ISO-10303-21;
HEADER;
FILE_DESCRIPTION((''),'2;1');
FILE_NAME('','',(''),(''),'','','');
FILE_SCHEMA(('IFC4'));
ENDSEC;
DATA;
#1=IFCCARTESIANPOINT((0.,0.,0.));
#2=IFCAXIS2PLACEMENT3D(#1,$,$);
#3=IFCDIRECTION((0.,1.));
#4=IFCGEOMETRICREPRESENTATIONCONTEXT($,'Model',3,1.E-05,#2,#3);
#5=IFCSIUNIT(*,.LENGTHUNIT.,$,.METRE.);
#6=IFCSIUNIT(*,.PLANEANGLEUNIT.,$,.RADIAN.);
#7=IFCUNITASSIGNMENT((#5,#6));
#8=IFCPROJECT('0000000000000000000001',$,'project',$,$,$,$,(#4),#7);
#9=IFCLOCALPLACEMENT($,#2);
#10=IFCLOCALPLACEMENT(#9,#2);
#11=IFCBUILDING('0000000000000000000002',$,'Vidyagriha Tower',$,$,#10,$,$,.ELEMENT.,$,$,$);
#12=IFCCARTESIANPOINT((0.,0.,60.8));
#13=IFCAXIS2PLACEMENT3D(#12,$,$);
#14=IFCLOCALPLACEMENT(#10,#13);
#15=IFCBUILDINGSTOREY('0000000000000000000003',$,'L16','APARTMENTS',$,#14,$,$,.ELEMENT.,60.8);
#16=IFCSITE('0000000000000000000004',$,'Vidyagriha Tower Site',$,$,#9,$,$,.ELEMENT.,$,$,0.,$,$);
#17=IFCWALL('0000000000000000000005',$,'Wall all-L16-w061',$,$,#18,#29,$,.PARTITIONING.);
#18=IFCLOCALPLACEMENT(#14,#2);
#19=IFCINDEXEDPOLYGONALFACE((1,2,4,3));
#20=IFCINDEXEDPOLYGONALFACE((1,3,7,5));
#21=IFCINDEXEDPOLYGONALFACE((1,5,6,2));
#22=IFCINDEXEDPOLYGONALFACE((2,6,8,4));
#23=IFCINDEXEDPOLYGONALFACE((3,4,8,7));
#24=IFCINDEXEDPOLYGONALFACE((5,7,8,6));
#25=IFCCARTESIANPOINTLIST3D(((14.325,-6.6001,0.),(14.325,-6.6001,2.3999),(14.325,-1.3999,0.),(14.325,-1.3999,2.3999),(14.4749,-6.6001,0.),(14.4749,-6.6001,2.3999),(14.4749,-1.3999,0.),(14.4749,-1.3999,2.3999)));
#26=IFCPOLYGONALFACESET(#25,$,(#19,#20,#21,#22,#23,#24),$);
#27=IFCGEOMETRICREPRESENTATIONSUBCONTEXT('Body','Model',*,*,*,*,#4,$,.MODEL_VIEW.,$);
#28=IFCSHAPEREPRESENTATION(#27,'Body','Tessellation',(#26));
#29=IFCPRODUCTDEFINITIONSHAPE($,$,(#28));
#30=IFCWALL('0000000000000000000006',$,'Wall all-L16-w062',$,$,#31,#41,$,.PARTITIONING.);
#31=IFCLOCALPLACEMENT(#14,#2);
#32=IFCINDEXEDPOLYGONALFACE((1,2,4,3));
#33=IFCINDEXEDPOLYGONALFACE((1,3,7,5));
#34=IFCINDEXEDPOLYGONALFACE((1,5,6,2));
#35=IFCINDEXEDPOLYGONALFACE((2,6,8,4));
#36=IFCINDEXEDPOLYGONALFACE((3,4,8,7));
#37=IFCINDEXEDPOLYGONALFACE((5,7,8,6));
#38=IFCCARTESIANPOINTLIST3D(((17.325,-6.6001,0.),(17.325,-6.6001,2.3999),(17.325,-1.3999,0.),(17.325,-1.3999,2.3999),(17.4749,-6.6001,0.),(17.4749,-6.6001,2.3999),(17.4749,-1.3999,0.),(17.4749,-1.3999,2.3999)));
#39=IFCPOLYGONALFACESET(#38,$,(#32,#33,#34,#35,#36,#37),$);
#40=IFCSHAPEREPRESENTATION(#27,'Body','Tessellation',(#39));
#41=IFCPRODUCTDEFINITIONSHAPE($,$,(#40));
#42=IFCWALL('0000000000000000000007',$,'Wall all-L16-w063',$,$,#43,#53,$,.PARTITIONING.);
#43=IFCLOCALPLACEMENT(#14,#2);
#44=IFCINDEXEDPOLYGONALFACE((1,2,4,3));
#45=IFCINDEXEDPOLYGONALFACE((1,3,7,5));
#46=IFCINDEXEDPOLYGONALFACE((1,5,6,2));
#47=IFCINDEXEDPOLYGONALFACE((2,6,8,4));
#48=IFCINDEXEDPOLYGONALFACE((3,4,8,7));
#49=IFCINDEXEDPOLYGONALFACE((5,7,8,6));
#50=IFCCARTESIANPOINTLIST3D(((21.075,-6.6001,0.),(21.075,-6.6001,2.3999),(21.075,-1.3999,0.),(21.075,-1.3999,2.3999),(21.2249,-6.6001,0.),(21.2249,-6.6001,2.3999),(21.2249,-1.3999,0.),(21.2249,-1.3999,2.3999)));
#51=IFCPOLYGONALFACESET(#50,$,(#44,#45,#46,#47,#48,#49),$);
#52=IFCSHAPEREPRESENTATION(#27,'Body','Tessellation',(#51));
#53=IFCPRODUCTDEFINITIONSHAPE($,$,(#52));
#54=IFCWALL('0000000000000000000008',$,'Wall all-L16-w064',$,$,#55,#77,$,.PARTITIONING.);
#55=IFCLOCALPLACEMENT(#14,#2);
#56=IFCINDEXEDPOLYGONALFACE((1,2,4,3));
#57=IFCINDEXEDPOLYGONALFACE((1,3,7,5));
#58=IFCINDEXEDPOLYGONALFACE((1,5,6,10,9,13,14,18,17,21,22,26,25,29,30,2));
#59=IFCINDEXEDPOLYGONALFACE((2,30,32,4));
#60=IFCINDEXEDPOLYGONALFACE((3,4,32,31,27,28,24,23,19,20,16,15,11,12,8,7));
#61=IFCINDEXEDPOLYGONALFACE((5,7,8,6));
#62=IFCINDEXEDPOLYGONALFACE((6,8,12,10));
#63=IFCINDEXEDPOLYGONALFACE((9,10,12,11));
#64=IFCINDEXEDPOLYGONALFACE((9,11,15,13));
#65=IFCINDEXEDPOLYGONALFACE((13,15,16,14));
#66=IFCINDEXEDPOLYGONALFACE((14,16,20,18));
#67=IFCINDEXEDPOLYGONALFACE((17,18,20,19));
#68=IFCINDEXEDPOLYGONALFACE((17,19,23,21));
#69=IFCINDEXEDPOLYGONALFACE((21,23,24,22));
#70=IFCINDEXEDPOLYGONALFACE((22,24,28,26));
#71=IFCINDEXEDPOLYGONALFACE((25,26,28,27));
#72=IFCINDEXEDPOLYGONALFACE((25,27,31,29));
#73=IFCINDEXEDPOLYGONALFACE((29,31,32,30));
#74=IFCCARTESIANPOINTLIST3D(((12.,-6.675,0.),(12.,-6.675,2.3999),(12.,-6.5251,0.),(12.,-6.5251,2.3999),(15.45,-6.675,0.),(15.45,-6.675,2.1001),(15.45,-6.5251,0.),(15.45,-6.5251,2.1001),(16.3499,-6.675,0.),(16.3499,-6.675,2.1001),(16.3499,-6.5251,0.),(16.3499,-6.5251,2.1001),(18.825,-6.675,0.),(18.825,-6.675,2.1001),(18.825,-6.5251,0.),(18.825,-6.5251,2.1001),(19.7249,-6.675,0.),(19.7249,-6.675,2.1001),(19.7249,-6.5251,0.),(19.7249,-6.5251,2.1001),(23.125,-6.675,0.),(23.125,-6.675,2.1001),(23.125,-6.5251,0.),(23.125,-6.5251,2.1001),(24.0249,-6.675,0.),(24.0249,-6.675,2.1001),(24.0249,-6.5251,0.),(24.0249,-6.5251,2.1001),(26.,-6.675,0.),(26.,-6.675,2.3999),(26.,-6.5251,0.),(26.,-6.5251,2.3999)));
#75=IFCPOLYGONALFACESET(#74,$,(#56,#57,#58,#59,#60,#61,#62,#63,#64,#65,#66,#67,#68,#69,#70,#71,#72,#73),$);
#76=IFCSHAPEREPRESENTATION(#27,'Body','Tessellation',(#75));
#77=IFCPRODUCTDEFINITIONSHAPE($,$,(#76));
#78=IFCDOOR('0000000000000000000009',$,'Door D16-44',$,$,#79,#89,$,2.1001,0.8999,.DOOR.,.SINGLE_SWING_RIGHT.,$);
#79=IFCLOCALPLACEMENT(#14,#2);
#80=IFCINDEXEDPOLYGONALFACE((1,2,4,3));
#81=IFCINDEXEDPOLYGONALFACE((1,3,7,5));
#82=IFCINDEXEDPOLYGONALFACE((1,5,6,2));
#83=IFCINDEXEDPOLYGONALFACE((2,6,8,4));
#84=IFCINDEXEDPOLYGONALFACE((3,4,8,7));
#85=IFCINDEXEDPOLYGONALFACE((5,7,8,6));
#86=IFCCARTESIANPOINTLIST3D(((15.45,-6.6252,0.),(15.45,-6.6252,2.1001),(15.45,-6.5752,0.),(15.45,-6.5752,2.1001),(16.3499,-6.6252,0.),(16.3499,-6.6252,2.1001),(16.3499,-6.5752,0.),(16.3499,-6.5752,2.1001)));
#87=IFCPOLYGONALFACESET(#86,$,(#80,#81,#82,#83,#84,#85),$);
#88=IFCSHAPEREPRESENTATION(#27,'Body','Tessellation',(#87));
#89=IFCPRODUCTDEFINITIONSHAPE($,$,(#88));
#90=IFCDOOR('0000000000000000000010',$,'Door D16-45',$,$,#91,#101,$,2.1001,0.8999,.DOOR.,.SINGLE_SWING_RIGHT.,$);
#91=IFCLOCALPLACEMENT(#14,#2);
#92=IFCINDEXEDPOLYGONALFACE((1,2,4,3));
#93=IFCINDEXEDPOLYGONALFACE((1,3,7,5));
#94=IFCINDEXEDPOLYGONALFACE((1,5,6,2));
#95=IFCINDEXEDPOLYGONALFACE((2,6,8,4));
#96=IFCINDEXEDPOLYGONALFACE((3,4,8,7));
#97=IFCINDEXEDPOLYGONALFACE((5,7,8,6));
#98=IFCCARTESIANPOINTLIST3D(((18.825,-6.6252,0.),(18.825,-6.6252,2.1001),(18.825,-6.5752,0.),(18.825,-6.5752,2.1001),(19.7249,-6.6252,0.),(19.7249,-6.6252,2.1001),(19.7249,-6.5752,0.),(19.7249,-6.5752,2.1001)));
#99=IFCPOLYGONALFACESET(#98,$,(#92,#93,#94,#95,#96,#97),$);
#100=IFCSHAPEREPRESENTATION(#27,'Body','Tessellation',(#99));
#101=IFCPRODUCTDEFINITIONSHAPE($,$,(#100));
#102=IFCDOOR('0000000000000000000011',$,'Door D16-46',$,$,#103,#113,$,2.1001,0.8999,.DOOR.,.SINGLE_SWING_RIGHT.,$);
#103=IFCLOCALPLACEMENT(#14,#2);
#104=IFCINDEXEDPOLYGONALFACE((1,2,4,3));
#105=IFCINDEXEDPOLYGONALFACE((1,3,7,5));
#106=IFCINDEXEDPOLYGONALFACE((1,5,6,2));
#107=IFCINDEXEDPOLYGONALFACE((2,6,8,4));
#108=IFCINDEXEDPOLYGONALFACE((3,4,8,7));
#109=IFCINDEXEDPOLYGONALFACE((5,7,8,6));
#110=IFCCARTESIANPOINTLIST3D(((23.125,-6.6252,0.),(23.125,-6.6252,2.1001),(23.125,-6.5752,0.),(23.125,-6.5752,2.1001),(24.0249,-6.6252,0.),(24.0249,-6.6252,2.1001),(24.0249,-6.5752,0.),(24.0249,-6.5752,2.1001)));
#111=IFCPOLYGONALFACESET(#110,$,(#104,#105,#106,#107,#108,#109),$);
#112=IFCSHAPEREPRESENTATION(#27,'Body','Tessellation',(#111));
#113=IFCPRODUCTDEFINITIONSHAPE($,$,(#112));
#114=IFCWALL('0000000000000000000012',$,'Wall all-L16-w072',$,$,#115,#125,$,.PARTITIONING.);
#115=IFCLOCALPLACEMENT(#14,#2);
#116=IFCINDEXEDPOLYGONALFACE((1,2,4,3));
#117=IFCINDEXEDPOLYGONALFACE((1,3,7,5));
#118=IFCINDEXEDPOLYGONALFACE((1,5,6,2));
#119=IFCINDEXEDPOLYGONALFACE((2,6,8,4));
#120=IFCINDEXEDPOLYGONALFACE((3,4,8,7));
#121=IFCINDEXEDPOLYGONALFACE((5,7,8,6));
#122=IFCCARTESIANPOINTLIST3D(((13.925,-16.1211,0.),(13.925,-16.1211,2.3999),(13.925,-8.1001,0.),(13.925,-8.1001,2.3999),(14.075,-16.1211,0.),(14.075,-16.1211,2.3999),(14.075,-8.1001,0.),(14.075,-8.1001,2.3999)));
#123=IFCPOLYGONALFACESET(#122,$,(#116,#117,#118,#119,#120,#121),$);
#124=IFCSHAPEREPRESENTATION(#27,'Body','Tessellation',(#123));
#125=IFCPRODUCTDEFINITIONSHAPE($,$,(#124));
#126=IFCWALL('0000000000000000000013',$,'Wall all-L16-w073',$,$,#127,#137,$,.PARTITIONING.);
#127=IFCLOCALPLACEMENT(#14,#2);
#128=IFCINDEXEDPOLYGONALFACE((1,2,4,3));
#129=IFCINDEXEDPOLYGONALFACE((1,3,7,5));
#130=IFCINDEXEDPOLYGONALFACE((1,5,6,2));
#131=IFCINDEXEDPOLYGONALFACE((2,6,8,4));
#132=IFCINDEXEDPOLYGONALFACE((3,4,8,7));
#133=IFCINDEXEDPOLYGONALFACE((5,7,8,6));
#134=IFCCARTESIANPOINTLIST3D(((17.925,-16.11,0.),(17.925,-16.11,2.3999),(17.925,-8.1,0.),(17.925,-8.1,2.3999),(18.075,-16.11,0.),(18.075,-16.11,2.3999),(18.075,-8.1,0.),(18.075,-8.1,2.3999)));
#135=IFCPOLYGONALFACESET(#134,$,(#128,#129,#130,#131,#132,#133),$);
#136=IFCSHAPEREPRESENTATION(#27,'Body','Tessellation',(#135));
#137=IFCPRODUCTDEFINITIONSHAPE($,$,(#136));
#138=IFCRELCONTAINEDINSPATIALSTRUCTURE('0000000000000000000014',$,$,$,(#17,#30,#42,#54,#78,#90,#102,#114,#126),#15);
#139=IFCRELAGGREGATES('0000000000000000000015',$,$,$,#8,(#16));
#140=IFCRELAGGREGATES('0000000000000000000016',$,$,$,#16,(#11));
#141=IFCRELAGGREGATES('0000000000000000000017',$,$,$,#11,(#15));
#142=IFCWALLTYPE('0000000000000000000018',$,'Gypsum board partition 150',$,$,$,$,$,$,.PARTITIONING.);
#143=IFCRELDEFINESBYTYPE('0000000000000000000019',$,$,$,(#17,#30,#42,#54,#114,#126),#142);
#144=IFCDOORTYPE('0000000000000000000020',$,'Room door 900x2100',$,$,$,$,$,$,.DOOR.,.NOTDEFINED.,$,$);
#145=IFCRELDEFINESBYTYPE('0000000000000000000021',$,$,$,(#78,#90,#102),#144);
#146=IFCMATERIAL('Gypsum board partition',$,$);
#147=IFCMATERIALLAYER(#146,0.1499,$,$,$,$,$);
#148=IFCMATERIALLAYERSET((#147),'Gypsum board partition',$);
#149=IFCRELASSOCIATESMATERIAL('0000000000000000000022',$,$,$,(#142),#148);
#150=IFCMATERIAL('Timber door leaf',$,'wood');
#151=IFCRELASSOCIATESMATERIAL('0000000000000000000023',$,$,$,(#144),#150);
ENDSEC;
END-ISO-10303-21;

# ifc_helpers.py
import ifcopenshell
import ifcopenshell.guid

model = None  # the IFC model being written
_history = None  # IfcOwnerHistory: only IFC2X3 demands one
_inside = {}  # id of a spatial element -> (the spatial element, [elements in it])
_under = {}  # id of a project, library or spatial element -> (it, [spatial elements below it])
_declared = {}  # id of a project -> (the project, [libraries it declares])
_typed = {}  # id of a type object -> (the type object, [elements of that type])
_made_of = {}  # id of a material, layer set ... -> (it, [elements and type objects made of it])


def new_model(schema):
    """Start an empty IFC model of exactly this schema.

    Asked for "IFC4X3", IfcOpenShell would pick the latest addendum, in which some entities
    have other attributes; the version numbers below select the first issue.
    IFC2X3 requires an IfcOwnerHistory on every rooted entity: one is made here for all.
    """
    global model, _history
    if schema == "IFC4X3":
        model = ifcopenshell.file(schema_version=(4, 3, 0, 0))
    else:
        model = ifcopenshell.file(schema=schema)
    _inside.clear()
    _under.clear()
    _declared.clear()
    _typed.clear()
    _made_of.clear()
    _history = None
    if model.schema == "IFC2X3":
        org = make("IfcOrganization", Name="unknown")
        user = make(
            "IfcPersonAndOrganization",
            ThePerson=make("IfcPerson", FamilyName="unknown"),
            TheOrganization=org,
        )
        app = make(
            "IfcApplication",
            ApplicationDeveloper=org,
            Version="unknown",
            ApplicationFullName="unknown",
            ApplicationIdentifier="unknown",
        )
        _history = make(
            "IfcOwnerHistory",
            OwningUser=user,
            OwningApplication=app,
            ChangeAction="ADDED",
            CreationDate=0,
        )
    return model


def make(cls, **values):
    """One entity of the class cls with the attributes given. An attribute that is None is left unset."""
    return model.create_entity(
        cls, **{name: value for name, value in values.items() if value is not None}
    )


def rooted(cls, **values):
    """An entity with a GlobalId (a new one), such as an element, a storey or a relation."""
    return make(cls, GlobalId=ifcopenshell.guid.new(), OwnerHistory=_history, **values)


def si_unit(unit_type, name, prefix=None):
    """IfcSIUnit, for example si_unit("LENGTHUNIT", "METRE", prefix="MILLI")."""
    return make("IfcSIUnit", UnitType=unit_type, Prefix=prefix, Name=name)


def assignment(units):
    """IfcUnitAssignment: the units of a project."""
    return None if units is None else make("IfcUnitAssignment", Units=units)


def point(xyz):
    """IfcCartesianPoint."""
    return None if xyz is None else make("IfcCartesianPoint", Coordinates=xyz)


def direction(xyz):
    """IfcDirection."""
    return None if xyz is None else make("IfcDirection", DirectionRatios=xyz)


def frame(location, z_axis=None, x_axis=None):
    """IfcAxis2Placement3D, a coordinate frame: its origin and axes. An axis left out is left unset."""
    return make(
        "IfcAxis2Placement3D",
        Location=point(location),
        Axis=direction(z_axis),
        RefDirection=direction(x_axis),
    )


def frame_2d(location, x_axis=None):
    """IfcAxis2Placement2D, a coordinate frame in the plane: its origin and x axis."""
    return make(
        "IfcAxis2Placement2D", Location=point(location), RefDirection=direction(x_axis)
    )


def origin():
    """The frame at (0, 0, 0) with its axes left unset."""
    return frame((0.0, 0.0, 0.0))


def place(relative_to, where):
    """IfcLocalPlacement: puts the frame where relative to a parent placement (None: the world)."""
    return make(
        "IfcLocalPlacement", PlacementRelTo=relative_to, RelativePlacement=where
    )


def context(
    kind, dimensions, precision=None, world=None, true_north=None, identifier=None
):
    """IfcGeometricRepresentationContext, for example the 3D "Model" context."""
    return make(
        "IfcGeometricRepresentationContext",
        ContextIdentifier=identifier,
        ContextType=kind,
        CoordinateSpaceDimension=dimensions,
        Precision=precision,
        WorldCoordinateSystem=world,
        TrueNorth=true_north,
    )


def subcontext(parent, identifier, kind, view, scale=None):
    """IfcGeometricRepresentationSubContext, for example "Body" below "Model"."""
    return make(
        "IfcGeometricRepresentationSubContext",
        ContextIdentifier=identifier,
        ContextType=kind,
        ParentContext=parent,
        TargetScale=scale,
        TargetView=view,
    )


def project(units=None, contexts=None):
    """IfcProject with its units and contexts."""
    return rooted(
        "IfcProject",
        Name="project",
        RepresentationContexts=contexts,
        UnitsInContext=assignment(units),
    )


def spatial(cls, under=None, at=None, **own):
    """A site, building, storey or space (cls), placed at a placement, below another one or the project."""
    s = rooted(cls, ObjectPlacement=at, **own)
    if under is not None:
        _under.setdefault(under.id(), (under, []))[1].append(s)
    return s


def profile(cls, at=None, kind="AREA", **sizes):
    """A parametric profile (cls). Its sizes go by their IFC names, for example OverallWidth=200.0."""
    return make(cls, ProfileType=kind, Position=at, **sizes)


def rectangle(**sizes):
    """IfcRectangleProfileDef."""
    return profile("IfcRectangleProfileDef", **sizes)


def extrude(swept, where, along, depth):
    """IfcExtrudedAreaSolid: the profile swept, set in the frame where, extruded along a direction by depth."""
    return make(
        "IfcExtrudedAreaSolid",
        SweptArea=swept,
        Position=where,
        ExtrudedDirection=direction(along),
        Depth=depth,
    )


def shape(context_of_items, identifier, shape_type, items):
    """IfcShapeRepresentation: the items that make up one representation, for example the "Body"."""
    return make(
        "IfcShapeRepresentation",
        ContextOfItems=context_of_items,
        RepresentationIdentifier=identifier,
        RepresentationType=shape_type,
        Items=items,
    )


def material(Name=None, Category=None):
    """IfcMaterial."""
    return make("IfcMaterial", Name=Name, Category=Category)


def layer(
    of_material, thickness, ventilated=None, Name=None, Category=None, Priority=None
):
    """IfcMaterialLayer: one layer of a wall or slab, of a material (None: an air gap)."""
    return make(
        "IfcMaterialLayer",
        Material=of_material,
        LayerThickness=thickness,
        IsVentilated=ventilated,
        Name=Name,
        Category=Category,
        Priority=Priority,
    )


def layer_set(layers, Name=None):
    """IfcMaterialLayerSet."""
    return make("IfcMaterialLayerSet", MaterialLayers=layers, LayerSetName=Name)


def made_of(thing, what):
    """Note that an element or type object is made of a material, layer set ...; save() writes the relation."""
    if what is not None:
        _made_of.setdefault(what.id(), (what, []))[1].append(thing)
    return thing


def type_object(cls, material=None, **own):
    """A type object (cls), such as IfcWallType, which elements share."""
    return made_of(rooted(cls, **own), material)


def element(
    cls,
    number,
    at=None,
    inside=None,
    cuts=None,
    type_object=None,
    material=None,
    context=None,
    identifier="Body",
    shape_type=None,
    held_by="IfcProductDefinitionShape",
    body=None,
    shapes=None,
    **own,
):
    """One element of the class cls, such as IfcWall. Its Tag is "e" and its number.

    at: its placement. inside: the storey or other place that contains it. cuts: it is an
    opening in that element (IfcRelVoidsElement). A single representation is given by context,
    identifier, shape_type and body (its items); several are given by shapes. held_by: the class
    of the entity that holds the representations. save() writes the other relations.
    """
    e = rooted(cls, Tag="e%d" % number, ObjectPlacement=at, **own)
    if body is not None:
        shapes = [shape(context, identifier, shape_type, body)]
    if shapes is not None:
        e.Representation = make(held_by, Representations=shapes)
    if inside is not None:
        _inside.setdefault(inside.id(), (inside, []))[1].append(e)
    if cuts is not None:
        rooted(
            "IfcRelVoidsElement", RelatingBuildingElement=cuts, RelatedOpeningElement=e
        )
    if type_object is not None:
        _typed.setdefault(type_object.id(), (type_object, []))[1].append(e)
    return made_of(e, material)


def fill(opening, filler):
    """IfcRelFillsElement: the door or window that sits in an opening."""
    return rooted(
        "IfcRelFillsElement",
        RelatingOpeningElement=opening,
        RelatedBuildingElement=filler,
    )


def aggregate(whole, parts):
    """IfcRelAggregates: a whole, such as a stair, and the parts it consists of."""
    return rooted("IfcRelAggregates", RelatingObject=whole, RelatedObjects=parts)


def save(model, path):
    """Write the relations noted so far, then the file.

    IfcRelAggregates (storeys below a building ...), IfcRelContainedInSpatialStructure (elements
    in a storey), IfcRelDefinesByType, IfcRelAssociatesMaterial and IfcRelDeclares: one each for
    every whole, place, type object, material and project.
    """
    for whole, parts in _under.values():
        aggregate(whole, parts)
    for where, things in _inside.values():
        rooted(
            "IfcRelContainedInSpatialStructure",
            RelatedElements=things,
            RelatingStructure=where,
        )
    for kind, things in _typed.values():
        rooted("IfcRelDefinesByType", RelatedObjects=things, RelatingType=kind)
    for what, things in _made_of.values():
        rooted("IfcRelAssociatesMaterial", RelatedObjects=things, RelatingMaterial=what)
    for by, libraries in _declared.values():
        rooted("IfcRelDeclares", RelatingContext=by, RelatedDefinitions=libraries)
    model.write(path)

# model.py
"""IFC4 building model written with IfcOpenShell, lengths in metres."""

from ifc_helpers import new_model, si_unit, direction, frame, frame_2d, origin, place, context, subcontext, project, spatial, rectangle, extrude, material, layer, layer_set, type_object, element, fill, save


model = new_model("IFC4")

# Units and contexts
model_context = context("Model", 3, precision=1e-05, world=origin(), true_north=direction((0.0, 1.0)))
body_context = subcontext(model_context, "Body", "Model", "MODEL_VIEW")
ifc_project = project(units=[si_unit("LENGTHUNIT", "METRE"), si_unit("PLANEANGLEUNIT", "RADIAN")], contexts=[model_context])

# Site, building, storey
site_placement = place(None, origin())
site = spatial("IfcSite", under=ifc_project, at=site_placement, Name="Vidyagriha Tower Site", CompositionType="ELEMENT", RefElevation=0.0)
building_placement = place(site_placement, origin())
building = spatial("IfcBuilding", under=site, at=building_placement, Name="Vidyagriha Tower", CompositionType="ELEMENT")
storey_placement = place(building_placement, frame((0.0, 0.0, 60.8)))
storey = spatial("IfcBuildingStorey", under=building, at=storey_placement, Name="L16", Description="APARTMENTS", CompositionType="ELEMENT", Elevation=60.8)

# Walls
ifc_material_1 = material(Name="Gypsum board partition")
ifc_layer_1 = layer(ifc_material_1, 0.1499)
ifc_layer_set_1 = layer_set([ifc_layer_1], Name="Gypsum board partition")
wall_type_1 = type_object("IfcWallType", Name="Gypsum board partition 150", PredefinedType="PARTITIONING", material=ifc_layer_set_1)
for number, where, z_axis, x_axis, name in (
    (1, (14.3999, -1.3999, 0.0), (0.0, 0.0, 1.0), (0.0, -1.0, 0.0), "Wall all-L16-w061"),
    (2, (17.3999, -1.3999, 0.0), (0.0, 0.0, 1.0), (0.0, -1.0, 0.0), "Wall all-L16-w062"),
    (3, (21.1499, -1.3999, 0.0), (0.0, 0.0, 1.0), (0.0, -1.0, 0.0), "Wall all-L16-w063"),
):
    element("IfcWall", number, at=place(storey_placement, frame(where, z_axis=z_axis, x_axis=x_axis)), inside=storey, type_object=wall_type_1, Name=name, PredefinedType="PARTITIONING", context=body_context, shape_type="SweptSolid", body=[
        extrude(rectangle(XDim=5.2002, YDim=0.1499, at=frame_2d((2.6001, 0.0))), origin(), (0.0, 0.0, 1.0), 2.3999),
    ])

# Wall, openings, doors
wall_1_placement = place(storey_placement, frame((12.0, -6.6001, 0.0)))
wall_1 = element("IfcWall", 4, at=wall_1_placement, inside=storey, type_object=wall_type_1, Name="Wall all-L16-w064", PredefinedType="PARTITIONING", context=body_context, shape_type="SweptSolid", body=[
    extrude(rectangle(XDim=14.0, YDim=0.1499, at=frame_2d((7.0, 0.0))), origin(), (0.0, 0.0, 1.0), 2.3999),
])
opening_1_placement = place(wall_1_placement, frame((3.45, 0.0, 0.0)))
opening_1 = element("IfcOpeningElement", 5, at=opening_1_placement, cuts=wall_1, PredefinedType="OPENING", context=body_context, shape_type="SweptSolid", body=[
    extrude(rectangle(XDim=0.8999, YDim=2.1001, at=frame_2d((0.45, 1.05))), frame((0.0, 0.085, 0.0), z_axis=(0.0, -1.0, 0.0), x_axis=(1.0, 0.0, 0.0)), (0.0, 0.0, 1.0), 0.1699),
])
opening_2_placement = place(wall_1_placement, frame((6.825, 0.0, 0.0)))
opening_2 = element("IfcOpeningElement", 6, at=opening_2_placement, cuts=wall_1, PredefinedType="OPENING", context=body_context, shape_type="SweptSolid", body=[
    extrude(rectangle(XDim=0.8999, YDim=2.1001, at=frame_2d((0.45, 1.05))), frame((0.0, 0.085, 0.0), z_axis=(0.0, -1.0, 0.0), x_axis=(1.0, 0.0, 0.0)), (0.0, 0.0, 1.0), 0.1699),
])
opening_3_placement = place(wall_1_placement, frame((11.125, 0.0, 0.0)))
opening_3 = element("IfcOpeningElement", 7, at=opening_3_placement, cuts=wall_1, PredefinedType="OPENING", context=body_context, shape_type="SweptSolid", body=[
    extrude(rectangle(XDim=0.8999, YDim=2.1001, at=frame_2d((0.45, 1.05))), frame((0.0, 0.085, 0.0), z_axis=(0.0, -1.0, 0.0), x_axis=(1.0, 0.0, 0.0)), (0.0, 0.0, 1.0), 0.1699),
])
ifc_material_2 = material(Name="Timber door leaf", Category="wood")
door_type_1 = type_object("IfcDoorType", Name="Room door 900x2100", OperationType="NOTDEFINED", PredefinedType="DOOR", material=ifc_material_2)
door_1_placement = place(opening_1_placement, origin())
door_1 = element("IfcDoor", 8, at=door_1_placement, inside=storey, type_object=door_type_1, Name="Door D16-44", OperationType="SINGLE_SWING_RIGHT", OverallHeight=2.1001, OverallWidth=0.8999, PredefinedType="DOOR", context=body_context, shape_type="SweptSolid", body=[
    extrude(rectangle(XDim=0.8999, YDim=2.1001, at=frame_2d((0.45, 1.05))), frame((0.0, 0.0249, 0.0), z_axis=(0.0, -1.0, 0.0), x_axis=(1.0, 0.0, 0.0)), (0.0, 0.0, 1.0), 0.05),
])
fill(opening_1, door_1)
door_2_placement = place(opening_2_placement, origin())
door_2 = element("IfcDoor", 9, at=door_2_placement, inside=storey, type_object=door_type_1, Name="Door D16-45", OperationType="SINGLE_SWING_RIGHT", OverallHeight=2.1001, OverallWidth=0.8999, PredefinedType="DOOR", context=body_context, shape_type="SweptSolid", body=[
    extrude(rectangle(XDim=0.8999, YDim=2.1001, at=frame_2d((0.45, 1.05))), frame((0.0, 0.0249, 0.0), z_axis=(0.0, -1.0, 0.0), x_axis=(1.0, 0.0, 0.0)), (0.0, 0.0, 1.0), 0.05),
])
fill(opening_2, door_2)
door_3_placement = place(opening_3_placement, origin())
door_3 = element("IfcDoor", 10, at=door_3_placement, inside=storey, type_object=door_type_1, Name="Door D16-46", OperationType="SINGLE_SWING_RIGHT", OverallHeight=2.1001, OverallWidth=0.8999, PredefinedType="DOOR", context=body_context, shape_type="SweptSolid", body=[
    extrude(rectangle(XDim=0.8999, YDim=2.1001, at=frame_2d((0.45, 1.05))), frame((0.0, 0.0249, 0.0), z_axis=(0.0, -1.0, 0.0), x_axis=(1.0, 0.0, 0.0)), (0.0, 0.0, 1.0), 0.05),
])
fill(opening_3, door_3)

# Walls
wall_2_placement = place(storey_placement, frame((14.0, -8.1001, 0.0), z_axis=(0.0, 0.0, 1.0), x_axis=(0.0, -1.0, 0.0)))
element("IfcWall", 11, at=wall_2_placement, inside=storey, type_object=wall_type_1, Name="Wall all-L16-w072", PredefinedType="PARTITIONING", context=body_context, shape_type="SweptSolid", body=[
    extrude(rectangle(XDim=8.021, YDim=0.1499, at=frame_2d((4.0105, 0.0))), origin(), (0.0, 0.0, 1.0), 2.3999),
])
wall_3_placement = place(storey_placement, frame((18.0, -8.1001, 0.0), z_axis=(0.0, 0.0, 1.0), x_axis=(0.0, -1.0, 0.0)))
element("IfcWall", 12, at=wall_3_placement, inside=storey, type_object=wall_type_1, Name="Wall all-L16-w073", PredefinedType="PARTITIONING", context=body_context, shape_type="SweptSolid", body=[
    extrude(rectangle(XDim=8.01, YDim=0.1499, at=frame_2d((4.0049, 0.0))), origin(), (0.0, 0.0, 1.0), 2.3999),
])

save(model, "model.ifc")
